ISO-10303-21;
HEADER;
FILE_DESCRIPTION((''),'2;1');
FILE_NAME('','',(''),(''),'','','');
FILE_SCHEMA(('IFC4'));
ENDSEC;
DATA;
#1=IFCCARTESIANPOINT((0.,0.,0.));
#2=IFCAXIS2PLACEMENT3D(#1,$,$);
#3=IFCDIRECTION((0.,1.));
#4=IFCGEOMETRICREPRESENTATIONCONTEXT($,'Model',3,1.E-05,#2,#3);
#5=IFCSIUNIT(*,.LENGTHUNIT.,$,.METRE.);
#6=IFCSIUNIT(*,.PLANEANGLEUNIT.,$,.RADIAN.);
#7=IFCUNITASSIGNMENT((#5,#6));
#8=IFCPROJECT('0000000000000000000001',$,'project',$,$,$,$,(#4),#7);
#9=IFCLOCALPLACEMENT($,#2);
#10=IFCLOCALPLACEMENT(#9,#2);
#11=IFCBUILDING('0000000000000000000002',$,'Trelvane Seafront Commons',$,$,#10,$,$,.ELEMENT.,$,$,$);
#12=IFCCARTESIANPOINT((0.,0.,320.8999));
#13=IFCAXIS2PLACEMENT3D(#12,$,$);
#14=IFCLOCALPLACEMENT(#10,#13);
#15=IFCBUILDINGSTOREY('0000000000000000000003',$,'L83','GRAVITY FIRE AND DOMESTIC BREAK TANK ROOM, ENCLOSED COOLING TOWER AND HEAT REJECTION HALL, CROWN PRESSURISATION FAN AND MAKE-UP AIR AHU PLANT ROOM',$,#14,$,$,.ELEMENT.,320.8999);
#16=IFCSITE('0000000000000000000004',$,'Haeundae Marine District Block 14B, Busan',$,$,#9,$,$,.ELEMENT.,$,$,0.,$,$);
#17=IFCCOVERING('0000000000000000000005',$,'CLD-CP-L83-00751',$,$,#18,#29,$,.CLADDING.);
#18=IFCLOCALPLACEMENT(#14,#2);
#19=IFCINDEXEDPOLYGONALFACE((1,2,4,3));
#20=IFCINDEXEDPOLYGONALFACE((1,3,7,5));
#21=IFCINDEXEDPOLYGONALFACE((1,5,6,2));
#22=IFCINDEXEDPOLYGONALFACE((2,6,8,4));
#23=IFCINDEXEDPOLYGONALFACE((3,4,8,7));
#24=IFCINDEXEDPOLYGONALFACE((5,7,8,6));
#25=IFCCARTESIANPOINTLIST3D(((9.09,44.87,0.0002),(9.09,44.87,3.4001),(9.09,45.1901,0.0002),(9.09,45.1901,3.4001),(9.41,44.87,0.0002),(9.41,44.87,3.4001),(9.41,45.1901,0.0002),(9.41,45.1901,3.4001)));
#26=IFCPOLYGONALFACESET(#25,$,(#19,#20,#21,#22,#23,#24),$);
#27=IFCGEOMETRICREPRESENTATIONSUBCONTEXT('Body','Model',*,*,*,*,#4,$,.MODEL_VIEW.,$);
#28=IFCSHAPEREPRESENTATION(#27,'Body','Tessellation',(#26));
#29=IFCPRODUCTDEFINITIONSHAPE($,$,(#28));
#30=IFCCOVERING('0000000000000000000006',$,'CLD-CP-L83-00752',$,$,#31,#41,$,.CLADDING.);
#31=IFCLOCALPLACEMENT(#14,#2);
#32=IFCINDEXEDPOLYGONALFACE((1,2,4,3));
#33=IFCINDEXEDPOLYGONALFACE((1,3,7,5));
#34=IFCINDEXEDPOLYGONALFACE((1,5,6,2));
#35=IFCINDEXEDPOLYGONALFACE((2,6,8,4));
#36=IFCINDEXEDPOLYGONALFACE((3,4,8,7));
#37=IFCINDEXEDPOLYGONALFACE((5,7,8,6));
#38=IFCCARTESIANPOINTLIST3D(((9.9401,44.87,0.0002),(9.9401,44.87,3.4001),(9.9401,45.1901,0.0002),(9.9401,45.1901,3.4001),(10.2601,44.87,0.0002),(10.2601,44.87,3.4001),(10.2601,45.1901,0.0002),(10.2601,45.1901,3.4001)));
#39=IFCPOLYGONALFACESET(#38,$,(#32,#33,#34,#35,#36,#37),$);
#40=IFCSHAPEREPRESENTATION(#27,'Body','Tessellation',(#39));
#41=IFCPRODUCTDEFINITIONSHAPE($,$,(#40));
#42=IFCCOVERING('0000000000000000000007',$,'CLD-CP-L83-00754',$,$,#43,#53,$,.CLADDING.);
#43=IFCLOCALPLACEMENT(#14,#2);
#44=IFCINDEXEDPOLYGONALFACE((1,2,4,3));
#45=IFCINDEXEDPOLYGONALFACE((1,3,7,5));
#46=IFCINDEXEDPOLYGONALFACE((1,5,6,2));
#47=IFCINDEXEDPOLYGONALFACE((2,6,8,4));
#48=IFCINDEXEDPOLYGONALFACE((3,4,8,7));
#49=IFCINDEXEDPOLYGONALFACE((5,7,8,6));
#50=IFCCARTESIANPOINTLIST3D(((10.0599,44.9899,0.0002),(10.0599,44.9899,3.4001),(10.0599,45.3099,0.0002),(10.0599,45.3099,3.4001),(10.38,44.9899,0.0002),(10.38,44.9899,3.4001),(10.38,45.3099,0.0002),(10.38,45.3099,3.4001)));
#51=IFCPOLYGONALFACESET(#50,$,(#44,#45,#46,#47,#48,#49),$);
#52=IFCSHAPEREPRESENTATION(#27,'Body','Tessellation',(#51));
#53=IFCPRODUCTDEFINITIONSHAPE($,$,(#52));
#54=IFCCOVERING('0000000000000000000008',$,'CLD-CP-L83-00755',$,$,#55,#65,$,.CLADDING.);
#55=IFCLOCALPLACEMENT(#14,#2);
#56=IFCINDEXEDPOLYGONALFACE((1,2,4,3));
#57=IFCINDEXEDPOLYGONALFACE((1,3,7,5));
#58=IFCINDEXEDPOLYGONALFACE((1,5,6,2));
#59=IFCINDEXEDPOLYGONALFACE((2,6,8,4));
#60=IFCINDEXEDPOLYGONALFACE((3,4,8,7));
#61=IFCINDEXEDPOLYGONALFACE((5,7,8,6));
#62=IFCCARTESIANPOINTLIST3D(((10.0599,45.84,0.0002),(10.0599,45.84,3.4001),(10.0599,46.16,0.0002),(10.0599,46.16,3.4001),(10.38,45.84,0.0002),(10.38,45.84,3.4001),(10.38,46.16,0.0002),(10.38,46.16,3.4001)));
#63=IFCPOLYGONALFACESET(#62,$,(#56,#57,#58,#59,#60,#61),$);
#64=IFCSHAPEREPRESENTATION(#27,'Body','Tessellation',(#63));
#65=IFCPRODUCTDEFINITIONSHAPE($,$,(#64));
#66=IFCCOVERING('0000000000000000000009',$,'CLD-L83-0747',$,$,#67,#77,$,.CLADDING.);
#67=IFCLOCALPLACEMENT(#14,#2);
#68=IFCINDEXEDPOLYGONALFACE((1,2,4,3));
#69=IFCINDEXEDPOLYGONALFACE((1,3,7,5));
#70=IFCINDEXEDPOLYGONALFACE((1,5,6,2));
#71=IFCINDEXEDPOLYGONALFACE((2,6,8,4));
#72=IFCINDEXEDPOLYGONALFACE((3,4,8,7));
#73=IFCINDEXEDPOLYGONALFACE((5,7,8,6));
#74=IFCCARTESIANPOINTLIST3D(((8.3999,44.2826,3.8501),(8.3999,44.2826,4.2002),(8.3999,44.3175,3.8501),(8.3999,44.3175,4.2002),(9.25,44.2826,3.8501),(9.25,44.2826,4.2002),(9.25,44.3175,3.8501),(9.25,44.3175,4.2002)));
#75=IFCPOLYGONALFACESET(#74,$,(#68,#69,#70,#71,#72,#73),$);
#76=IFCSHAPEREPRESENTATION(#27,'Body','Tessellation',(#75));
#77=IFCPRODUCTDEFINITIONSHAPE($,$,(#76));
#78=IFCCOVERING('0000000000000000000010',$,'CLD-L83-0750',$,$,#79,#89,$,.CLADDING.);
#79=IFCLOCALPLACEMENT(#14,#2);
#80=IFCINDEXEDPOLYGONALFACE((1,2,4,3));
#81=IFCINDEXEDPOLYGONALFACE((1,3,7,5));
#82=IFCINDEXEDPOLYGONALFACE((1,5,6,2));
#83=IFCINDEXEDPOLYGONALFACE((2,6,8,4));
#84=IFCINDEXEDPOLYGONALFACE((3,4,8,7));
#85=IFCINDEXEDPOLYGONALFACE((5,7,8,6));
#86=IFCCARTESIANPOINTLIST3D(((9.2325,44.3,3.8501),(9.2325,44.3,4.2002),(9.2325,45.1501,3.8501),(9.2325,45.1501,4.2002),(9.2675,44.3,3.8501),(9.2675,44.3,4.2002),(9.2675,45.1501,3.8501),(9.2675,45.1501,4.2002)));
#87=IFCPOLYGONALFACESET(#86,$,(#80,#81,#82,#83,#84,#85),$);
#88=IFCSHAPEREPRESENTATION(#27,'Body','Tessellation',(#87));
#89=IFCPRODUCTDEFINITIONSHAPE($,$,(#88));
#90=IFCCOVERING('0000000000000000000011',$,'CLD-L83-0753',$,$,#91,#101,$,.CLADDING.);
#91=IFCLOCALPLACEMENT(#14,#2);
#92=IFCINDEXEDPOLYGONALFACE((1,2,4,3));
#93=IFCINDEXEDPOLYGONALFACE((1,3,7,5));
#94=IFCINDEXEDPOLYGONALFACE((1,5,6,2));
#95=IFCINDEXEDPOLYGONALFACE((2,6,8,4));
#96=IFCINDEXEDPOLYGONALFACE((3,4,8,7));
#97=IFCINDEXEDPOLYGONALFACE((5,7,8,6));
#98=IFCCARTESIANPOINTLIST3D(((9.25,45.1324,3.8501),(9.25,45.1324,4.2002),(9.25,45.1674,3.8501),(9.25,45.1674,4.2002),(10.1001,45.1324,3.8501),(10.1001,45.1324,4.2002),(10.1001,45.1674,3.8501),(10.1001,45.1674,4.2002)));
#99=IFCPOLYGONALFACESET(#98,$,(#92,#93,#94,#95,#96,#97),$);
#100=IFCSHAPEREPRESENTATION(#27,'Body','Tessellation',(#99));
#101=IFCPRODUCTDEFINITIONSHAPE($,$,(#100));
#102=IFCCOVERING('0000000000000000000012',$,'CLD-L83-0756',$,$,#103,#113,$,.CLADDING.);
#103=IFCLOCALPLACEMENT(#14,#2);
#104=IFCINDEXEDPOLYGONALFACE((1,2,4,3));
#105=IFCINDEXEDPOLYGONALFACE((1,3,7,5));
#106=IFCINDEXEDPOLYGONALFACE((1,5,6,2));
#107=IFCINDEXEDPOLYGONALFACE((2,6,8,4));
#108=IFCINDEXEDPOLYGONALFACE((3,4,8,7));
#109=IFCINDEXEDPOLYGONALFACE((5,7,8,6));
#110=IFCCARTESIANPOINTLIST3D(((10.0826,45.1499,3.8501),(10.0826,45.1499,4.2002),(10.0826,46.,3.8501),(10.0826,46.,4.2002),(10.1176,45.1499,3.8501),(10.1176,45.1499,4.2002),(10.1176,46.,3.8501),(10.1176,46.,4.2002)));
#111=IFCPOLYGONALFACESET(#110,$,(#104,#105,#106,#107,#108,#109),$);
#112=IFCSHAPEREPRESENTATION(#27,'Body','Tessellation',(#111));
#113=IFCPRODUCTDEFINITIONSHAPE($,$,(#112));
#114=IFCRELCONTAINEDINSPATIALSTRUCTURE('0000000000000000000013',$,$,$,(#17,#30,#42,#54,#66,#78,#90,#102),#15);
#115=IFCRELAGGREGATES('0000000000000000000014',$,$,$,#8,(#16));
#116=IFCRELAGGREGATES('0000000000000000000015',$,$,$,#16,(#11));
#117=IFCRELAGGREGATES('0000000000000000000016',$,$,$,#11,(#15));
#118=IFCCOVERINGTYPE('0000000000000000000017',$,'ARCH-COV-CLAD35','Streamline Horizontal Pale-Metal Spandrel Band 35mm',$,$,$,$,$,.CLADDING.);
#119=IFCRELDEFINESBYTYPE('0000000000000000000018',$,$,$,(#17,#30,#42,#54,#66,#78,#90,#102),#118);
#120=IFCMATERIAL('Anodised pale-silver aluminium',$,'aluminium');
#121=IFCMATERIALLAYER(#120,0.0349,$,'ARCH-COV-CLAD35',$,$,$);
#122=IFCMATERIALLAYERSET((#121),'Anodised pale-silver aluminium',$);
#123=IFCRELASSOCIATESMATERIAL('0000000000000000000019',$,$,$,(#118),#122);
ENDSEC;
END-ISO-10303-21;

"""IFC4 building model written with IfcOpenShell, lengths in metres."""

from ifc_helpers import new_model, si_unit, direction, frame, origin, origin_2d, place, context, subcontext, project, spatial, rectangle, extrude, source, transform, mapped, material, layer, layer_set, type_object, element, save


model = new_model("IFC4")

# Units and contexts
model_context = context("Model", 3, precision=1e-05, world=origin(), true_north=direction((0.0, 1.0)))
body_context = subcontext(model_context, "Body", "Model", "MODEL_VIEW")
ifc_project = project(units=[si_unit("LENGTHUNIT", "METRE"), si_unit("PLANEANGLEUNIT", "RADIAN")], contexts=[model_context])

# Site, building, storey
site_placement = place(None, origin())
site = spatial("IfcSite", under=ifc_project, at=site_placement, Name="Haeundae Marine District Block 14B, Busan", CompositionType="ELEMENT", RefElevation=0.0)
building_placement = place(site_placement, origin())
building = spatial("IfcBuilding", under=site, at=building_placement, Name="Trelvane Seafront Commons", CompositionType="ELEMENT")
storey_placement = place(building_placement, frame((0.0, 0.0, 320.8999)))
storey = spatial("IfcBuildingStorey", under=building, at=storey_placement, Name="L83", Description="GRAVITY FIRE AND DOMESTIC BREAK TANK ROOM, ENCLOSED COOLING TOWER AND HEAT REJECTION HALL, CROWN PRESSURISATION FAN AND MAKE-UP AIR AHU PLANT ROOM", CompositionType="ELEMENT", Elevation=320.8999)

# Shared definitions
ifc_material_1 = material(Name="Anodised pale-silver aluminium", Category="aluminium")

# Coverings
ifc_layer_1 = layer(ifc_material_1, 0.0349, Name="ARCH-COV-CLAD35")
ifc_layer_set_1 = layer_set([ifc_layer_1], Name="Anodised pale-silver aluminium")
covering_type = type_object("IfcCoveringType", Name="ARCH-COV-CLAD35", Description="Streamline Horizontal Pale-Metal Spandrel Band 35mm", PredefinedType="CLADDING", material=ifc_layer_set_1)
shared_shape_1 = source(origin(), body_context, "Body", "SweptSolid", [
    extrude(rectangle(XDim=0.3201, YDim=0.3201, at=origin_2d()), origin(), (0.0, 0.0, 1.0), 3.3999),
])
for number, where, z_axis, x_axis, name in (
    (1, (9.25, 45.03, 0.0002), (0.0, 0.0, 1.0), (1.0, 0.0, 0.0), "CLD-CP-L83-00751"),
    (2, (10.1001, 45.03, 0.0002), (0.0, 0.0, 1.0), (1.0, 0.0, 0.0), "CLD-CP-L83-00752"),
    (3, (10.22, 45.1499, 0.0002), (0.0, 0.0, 1.0), (1.0, 0.0, 0.0), "CLD-CP-L83-00754"),
    (4, (10.22, 46.0, 0.0002), (0.0, 0.0, 1.0), (1.0, 0.0, 0.0), "CLD-CP-L83-00755"),
):
    element("IfcCovering", number, at=place(storey_placement, frame(where, z_axis=z_axis, x_axis=x_axis)), inside=storey, type_object=covering_type, Name=name, PredefinedType="CLADDING", context=body_context, shape_type="MappedRepresentation", body=[
        mapped(shared_shape_1, transform((0.0, 0.0, 0.0), x_axis=(1.0, 0.0, 0.0), y_axis=(0.0, 1.0, 0.0), z_axis=(0.0, 0.0, 1.0), scale=1.0)),
    ])
shared_shape_2 = source(origin(), body_context, "Body", "SweptSolid", [
    extrude(rectangle(XDim=0.8501, YDim=0.0349, at=origin_2d()), origin(), (0.0, 0.0, 1.0), 0.3501),
])
for number, where, z_axis, x_axis, name in (
    (5, (8.825, 44.3, 3.8501), (0.0, 0.0, 1.0), (1.0, 0.0, 0.0), "CLD-L83-0747"),
    (6, (9.25, 44.7251, 3.8501), (0.0, 0.0, 1.0), (0.0, 1.0, 0.0), "CLD-L83-0750"),
    (7, (9.675, 45.1499, 3.8501), (0.0, 0.0, 1.0), (1.0, 0.0, 0.0), "CLD-L83-0753"),
    (8, (10.1001, 45.575, 3.8501), (0.0, 0.0, 1.0), (0.0, 1.0, 0.0), "CLD-L83-0756"),
):
    element("IfcCovering", number, at=place(storey_placement, frame(where, z_axis=z_axis, x_axis=x_axis)), inside=storey, type_object=covering_type, Name=name, PredefinedType="CLADDING", context=body_context, shape_type="MappedRepresentation", body=[
        mapped(shared_shape_2, transform((0.0, 0.0, 0.0), x_axis=(1.0, 0.0, 0.0), y_axis=(0.0, 1.0, 0.0), z_axis=(0.0, 0.0, 1.0), scale=1.0)),
    ])

save(model, "model.ifc")
